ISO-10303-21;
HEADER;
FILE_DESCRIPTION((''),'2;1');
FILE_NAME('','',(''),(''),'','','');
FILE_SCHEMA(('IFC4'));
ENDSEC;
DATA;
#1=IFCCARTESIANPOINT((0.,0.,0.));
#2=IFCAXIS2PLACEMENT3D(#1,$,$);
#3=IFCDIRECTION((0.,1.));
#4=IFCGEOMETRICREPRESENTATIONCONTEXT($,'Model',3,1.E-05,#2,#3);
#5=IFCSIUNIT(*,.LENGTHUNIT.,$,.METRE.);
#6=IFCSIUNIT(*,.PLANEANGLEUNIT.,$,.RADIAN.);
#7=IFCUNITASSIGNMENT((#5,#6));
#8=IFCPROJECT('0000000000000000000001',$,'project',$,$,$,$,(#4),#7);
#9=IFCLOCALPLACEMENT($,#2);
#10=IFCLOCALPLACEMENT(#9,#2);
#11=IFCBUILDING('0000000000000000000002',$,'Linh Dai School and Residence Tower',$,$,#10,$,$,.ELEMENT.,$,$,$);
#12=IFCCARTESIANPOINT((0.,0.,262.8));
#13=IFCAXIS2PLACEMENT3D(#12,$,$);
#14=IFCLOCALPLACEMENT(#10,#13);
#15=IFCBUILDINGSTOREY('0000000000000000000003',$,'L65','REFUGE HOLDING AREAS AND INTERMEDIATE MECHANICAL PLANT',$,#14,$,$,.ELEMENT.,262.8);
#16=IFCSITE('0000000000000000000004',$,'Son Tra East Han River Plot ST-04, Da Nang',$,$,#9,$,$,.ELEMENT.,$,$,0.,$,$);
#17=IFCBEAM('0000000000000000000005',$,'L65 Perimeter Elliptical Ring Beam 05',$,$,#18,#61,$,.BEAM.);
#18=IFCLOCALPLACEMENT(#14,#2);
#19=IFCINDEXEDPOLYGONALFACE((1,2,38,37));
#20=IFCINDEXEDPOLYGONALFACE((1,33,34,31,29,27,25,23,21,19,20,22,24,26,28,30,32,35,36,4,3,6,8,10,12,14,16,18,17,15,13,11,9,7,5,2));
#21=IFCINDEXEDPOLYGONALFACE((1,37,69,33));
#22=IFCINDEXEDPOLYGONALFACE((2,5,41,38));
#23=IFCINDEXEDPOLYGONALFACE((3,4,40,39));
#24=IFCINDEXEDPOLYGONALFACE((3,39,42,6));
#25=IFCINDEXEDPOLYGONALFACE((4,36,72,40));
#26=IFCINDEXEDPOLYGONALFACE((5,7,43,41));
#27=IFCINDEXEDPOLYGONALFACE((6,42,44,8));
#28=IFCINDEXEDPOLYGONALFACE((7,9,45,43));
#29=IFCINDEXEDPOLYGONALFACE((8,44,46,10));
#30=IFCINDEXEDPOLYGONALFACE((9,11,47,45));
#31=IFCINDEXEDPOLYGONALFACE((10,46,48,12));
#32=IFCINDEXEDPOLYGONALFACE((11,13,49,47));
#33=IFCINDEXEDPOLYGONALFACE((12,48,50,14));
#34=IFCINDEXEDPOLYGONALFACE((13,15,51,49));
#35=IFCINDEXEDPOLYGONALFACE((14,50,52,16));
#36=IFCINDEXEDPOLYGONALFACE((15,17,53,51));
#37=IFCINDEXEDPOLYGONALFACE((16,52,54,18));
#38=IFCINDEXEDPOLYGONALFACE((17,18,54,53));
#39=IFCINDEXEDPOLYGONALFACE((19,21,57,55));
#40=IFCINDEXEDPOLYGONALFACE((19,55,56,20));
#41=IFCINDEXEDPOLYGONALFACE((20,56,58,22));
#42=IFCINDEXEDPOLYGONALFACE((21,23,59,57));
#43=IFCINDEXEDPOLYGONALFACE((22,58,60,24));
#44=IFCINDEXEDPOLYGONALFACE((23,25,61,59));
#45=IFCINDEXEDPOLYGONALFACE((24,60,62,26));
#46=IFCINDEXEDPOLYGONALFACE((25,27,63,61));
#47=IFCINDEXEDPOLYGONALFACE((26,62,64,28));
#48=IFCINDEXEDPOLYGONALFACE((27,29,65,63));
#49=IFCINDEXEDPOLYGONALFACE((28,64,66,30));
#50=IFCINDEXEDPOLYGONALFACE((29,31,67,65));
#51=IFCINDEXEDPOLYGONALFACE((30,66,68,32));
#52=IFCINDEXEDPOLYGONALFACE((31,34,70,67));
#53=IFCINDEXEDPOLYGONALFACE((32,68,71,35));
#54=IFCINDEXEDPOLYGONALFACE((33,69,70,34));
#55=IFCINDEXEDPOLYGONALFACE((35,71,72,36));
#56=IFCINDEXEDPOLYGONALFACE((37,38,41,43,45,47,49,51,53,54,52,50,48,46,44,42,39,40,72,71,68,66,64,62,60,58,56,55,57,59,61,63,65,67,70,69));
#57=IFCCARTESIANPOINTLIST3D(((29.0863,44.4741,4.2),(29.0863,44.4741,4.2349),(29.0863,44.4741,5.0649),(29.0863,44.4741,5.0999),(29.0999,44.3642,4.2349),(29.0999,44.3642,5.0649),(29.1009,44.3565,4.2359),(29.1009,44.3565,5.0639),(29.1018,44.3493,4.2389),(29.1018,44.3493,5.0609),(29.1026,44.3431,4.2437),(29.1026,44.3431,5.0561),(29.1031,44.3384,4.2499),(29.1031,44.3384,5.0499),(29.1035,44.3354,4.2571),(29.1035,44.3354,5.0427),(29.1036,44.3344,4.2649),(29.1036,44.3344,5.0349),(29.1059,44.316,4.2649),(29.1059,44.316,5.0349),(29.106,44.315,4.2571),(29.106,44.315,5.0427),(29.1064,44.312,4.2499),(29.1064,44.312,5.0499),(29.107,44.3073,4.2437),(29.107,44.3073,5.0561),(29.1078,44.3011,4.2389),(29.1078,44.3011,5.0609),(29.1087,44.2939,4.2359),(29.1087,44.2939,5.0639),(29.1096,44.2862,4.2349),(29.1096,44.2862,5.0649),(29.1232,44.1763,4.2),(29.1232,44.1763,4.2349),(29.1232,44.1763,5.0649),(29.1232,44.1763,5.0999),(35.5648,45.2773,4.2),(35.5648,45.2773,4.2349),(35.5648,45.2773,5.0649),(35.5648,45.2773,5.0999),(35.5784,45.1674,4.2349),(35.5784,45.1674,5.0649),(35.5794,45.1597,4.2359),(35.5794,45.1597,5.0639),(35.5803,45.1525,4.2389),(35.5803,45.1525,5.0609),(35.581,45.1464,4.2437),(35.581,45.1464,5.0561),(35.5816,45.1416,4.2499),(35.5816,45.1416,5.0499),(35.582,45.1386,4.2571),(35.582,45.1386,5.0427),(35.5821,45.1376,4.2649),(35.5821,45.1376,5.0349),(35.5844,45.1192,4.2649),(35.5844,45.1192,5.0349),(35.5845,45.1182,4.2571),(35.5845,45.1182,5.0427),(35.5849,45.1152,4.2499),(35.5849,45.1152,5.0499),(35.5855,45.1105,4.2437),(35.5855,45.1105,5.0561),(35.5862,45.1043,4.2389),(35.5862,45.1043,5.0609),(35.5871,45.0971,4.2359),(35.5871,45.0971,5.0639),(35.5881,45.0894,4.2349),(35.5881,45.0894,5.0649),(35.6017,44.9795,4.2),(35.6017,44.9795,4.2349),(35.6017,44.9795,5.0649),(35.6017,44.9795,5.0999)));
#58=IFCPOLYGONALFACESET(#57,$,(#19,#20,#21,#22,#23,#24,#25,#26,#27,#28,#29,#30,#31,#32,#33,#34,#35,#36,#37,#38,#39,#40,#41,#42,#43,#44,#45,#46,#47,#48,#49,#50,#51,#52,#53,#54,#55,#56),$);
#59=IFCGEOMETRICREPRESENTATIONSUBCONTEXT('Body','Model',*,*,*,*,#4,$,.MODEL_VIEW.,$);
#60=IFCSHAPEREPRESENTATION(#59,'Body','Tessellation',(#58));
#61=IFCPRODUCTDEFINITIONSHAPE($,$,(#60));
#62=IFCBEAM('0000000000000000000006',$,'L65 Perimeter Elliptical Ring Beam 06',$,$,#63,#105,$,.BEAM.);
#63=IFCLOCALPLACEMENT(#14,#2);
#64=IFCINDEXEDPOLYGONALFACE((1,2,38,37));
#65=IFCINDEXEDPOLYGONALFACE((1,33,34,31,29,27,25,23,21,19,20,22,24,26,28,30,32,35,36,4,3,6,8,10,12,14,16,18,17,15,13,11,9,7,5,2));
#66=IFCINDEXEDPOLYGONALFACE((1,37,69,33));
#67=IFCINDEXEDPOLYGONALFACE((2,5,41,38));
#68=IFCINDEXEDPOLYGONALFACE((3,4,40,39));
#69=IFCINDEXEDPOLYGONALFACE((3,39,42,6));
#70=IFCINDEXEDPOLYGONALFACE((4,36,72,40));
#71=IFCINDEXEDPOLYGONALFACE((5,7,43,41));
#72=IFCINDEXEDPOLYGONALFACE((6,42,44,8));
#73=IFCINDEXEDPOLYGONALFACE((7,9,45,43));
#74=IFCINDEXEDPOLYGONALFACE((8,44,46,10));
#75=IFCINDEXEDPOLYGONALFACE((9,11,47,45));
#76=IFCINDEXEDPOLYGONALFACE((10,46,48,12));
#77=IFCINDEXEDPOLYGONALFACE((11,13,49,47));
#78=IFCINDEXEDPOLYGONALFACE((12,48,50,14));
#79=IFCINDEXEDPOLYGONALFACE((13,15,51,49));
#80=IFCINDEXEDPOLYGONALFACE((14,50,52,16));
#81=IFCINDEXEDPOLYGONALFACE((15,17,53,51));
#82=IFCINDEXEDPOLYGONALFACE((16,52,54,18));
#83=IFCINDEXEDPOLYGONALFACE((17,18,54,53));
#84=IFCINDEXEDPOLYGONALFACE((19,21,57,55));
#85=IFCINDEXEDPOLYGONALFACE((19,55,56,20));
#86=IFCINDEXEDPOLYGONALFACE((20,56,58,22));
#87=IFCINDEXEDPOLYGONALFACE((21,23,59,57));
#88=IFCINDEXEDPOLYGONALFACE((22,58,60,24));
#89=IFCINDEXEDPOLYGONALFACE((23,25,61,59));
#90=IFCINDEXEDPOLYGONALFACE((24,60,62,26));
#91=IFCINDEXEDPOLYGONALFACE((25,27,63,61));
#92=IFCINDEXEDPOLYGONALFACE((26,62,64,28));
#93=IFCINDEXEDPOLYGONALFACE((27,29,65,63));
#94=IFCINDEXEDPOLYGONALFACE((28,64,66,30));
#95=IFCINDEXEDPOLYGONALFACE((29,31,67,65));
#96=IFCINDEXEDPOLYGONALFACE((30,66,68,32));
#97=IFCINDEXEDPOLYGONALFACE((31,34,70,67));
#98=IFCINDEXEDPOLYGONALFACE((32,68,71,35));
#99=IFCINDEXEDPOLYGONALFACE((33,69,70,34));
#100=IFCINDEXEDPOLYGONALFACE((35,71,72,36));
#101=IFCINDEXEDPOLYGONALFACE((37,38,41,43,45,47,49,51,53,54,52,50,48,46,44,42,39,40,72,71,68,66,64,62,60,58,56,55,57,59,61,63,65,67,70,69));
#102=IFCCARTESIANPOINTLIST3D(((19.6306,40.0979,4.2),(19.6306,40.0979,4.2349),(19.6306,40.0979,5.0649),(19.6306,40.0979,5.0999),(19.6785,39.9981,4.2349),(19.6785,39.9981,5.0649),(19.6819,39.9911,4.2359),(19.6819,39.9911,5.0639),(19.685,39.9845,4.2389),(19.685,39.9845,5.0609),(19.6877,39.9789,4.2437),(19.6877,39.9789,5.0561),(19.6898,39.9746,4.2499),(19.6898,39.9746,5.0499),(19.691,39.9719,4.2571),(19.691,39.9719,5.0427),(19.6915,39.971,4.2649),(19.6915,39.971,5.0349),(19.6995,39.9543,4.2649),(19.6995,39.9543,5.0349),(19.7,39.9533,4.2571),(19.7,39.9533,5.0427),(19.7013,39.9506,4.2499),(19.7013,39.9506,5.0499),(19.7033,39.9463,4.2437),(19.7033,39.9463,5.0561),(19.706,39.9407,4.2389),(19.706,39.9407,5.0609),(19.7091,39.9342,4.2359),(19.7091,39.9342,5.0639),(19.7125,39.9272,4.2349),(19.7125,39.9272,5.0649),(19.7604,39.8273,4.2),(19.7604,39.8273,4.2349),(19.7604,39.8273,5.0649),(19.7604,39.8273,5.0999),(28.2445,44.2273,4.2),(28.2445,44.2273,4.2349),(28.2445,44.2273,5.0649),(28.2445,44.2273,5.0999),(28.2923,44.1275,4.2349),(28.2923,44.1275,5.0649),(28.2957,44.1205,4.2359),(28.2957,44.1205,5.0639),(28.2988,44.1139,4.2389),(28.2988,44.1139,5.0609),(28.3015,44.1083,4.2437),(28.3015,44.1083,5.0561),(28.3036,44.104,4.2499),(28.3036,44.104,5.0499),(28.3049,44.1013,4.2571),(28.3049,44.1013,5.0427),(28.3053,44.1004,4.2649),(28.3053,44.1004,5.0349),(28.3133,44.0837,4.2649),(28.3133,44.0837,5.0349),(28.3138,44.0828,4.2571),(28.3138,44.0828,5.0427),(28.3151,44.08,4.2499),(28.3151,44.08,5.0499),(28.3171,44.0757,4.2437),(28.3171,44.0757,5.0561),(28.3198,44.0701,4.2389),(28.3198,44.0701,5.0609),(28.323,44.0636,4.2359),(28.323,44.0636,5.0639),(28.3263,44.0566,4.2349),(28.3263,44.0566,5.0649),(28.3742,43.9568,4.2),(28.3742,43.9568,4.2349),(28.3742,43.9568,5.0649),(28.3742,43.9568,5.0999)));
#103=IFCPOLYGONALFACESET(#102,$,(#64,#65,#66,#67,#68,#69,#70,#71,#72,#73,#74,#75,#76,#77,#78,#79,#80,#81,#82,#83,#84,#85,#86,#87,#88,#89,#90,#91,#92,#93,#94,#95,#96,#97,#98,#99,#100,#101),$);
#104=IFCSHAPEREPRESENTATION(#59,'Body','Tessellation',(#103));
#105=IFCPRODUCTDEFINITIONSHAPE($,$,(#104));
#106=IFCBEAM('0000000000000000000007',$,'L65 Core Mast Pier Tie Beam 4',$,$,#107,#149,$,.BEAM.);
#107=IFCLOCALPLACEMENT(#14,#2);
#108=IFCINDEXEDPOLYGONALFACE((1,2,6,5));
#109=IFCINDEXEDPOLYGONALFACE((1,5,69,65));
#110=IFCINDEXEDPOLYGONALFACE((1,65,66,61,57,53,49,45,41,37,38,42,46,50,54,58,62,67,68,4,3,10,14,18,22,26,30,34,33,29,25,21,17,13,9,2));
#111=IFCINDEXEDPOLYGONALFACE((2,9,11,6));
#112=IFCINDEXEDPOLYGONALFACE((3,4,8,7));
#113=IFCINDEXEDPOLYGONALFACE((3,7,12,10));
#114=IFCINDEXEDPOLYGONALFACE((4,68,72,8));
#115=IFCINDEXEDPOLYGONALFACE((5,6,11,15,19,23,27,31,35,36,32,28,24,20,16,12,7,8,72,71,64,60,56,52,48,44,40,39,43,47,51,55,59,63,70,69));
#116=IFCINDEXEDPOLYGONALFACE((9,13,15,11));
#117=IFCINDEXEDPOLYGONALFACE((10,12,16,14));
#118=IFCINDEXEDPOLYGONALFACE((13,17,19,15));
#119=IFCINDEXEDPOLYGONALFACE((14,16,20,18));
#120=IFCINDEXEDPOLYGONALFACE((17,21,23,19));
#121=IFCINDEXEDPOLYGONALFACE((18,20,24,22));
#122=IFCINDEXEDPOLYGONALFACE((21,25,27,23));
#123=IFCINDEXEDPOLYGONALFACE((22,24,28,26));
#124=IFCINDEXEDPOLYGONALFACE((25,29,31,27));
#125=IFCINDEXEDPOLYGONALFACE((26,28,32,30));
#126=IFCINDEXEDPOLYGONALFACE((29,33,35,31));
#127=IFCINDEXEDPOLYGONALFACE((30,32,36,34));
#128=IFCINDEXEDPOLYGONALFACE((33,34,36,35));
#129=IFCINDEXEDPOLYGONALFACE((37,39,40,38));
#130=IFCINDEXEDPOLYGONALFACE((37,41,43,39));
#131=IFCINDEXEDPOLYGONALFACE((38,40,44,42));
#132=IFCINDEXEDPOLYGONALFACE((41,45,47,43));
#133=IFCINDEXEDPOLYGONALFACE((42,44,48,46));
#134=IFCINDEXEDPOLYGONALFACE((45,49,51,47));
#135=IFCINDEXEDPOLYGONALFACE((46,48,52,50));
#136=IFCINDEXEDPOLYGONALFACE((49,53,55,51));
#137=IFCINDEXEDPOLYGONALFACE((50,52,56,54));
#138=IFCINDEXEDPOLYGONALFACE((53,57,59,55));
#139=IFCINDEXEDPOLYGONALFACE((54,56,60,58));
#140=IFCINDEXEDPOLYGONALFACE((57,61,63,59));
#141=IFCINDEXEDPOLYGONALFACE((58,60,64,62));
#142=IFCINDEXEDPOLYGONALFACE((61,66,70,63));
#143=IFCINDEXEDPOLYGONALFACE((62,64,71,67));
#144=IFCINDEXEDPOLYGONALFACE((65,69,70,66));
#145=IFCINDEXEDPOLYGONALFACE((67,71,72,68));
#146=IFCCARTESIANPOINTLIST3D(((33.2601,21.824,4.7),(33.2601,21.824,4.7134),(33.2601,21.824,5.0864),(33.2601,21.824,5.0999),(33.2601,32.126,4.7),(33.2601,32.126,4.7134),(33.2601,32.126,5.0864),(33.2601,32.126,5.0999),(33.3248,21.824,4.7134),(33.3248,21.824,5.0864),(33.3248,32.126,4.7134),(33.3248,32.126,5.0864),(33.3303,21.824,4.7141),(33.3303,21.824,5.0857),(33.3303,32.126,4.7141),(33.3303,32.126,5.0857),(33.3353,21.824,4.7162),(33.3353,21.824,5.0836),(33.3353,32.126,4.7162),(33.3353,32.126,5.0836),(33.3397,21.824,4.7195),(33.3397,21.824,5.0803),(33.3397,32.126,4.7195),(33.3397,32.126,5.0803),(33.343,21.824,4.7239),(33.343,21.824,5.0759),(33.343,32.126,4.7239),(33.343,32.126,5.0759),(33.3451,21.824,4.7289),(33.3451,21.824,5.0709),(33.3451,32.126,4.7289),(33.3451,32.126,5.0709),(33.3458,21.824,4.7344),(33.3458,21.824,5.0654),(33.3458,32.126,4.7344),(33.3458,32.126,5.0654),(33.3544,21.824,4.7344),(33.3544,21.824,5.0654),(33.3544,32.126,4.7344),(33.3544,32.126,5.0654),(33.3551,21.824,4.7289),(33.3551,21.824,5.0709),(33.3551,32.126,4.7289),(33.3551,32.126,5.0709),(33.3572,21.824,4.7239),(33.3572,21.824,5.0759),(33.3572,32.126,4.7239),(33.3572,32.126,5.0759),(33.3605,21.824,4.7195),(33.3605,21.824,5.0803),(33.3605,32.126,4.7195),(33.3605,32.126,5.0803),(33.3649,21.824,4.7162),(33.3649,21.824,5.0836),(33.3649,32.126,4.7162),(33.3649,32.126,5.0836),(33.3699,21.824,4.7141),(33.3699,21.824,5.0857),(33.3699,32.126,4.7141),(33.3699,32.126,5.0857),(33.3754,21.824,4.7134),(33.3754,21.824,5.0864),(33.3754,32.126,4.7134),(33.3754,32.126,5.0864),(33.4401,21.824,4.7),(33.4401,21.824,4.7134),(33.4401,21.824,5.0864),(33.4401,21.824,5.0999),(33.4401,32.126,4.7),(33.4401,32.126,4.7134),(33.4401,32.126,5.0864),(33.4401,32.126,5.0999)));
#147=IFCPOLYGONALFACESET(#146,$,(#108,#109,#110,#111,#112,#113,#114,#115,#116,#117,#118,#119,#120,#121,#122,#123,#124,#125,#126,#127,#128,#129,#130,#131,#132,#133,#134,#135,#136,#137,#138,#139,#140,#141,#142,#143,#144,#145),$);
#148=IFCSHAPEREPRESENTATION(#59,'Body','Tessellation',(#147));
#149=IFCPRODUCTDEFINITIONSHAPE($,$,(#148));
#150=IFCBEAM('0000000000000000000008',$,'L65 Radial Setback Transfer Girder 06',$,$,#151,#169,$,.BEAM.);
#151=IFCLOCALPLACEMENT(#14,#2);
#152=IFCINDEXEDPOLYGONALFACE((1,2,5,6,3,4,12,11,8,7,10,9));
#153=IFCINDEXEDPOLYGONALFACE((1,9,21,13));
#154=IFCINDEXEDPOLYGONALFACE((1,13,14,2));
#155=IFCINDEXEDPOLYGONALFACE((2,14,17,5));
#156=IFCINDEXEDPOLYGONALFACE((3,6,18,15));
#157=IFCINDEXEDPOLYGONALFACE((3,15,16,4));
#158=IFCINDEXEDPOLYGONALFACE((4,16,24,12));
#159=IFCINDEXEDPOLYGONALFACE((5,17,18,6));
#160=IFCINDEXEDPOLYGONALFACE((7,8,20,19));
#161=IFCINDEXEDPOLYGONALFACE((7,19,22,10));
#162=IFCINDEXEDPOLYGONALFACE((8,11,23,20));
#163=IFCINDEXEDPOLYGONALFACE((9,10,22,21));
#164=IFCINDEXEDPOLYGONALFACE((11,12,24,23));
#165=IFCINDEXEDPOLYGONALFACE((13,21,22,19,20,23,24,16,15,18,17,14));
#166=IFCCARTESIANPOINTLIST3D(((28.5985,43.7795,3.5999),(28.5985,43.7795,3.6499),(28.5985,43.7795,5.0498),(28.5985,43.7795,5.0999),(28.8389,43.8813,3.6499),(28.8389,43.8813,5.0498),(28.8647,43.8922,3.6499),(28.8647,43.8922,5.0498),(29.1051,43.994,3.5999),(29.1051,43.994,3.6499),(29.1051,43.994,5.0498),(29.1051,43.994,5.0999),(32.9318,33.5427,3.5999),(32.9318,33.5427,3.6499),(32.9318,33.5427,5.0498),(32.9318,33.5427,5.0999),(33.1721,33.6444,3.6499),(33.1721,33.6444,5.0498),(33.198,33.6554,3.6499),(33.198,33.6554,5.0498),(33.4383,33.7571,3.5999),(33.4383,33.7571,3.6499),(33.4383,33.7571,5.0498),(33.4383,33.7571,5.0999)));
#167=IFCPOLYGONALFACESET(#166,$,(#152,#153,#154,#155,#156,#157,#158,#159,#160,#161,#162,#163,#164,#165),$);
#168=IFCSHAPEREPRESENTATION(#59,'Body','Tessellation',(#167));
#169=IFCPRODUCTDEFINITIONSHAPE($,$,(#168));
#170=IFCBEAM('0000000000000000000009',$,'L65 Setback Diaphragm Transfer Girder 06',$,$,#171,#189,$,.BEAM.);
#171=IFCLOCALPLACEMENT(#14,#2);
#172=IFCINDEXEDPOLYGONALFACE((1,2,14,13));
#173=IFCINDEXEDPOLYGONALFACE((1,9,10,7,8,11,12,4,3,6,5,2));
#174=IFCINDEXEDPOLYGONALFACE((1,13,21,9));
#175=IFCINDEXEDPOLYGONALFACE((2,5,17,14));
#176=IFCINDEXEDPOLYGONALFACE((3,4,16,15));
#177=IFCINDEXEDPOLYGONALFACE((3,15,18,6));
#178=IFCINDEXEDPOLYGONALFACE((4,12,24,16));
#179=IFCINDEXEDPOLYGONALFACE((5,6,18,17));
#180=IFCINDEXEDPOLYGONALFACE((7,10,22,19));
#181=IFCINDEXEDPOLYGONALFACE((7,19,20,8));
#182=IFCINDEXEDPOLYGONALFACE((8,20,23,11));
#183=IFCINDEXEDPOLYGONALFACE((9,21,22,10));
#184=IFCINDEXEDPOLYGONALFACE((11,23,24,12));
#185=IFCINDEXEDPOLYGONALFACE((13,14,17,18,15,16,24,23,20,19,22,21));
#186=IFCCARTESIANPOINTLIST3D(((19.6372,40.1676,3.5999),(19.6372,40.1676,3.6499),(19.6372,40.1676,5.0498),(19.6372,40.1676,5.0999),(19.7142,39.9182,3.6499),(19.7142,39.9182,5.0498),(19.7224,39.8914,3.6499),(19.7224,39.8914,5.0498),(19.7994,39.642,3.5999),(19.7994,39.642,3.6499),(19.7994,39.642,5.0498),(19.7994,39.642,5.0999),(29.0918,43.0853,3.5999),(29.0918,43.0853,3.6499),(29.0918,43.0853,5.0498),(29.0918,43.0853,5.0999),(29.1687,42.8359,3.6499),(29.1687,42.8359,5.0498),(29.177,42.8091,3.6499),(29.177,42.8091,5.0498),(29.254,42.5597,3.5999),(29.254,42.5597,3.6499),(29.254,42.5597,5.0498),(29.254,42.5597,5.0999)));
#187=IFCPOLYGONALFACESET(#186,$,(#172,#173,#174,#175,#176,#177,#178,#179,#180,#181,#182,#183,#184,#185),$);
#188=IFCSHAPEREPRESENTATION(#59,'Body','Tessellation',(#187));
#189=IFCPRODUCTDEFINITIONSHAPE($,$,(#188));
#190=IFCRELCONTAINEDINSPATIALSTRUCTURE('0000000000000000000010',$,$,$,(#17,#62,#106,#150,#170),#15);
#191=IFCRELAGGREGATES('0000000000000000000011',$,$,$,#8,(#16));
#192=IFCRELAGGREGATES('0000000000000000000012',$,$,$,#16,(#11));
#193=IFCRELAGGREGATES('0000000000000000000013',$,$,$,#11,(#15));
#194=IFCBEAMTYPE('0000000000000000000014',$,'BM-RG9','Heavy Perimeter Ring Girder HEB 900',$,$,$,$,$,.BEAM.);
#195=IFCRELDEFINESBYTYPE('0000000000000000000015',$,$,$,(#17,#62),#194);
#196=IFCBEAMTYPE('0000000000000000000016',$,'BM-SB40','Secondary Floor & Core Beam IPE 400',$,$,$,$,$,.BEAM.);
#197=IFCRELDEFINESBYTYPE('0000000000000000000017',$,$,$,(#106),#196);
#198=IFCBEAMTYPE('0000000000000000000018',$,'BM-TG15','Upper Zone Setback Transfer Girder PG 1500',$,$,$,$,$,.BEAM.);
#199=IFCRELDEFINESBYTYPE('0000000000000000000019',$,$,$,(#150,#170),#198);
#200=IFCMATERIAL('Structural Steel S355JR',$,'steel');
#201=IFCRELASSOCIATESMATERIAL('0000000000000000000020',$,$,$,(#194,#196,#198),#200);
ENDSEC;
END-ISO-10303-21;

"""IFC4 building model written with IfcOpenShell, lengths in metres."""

from ifc_helpers import new_model, si_unit, direction, frame, origin, origin_2d, place, context, subcontext, project, spatial, i_section, extrude, material, material_profile, profile_set, type_object, element, save


model = new_model("IFC4")

# Units and contexts
model_context = context("Model", 3, precision=1e-05, world=origin(), true_north=direction((0.0, 1.0)))
body_context = subcontext(model_context, "Body", "Model", "MODEL_VIEW")
ifc_project = project(units=[si_unit("LENGTHUNIT", "METRE"), si_unit("PLANEANGLEUNIT", "RADIAN")], contexts=[model_context])

# Site, building, storey
site_placement = place(None, origin())
site = spatial("IfcSite", under=ifc_project, at=site_placement, Name="Son Tra East Han River Plot ST-04, Da Nang", CompositionType="ELEMENT", RefElevation=0.0)
building_placement = place(site_placement, origin())
building = spatial("IfcBuilding", under=site, at=building_placement, Name="Linh Dai School and Residence Tower", CompositionType="ELEMENT")
storey_placement = place(building_placement, frame((0.0, 0.0, 262.8)))
storey = spatial("IfcBuildingStorey", under=building, at=storey_placement, Name="L65", Description="REFUGE HOLDING AREAS AND INTERMEDIATE MECHANICAL PLANT", CompositionType="ELEMENT", Elevation=262.8)

# Shared definitions
ifc_material_1 = material(Name="Structural Steel S355JR", Category="steel")

# Beams
ifc_material_profile_1 = material_profile(ifc_material_1, i_section(OverallWidth=0.3, OverallDepth=0.8999, WebThickness=0.0186, FlangeThickness=0.0349, FilletRadius=0.03, at=origin_2d()), Name="HEB 900")
ifc_profile_set_1 = profile_set([ifc_material_profile_1], Name="Structural Steel S355JR")
beam_type_1 = type_object("IfcBeamType", Name="BM-RG9", Description="Heavy Perimeter Ring Girder HEB 900", PredefinedType="BEAM", material=ifc_profile_set_1)
beam_1_placement = place(storey_placement, frame((35.5833, 45.1284, 4.6499), z_axis=(-0.992402, -0.12304, 0.0), x_axis=(0.12304, -0.992402, 0.0)))
element("IfcBeam", 1, at=beam_1_placement, inside=storey, type_object=beam_type_1, Name="L65 Perimeter Elliptical Ring Beam 05", PredefinedType="BEAM", context=body_context, shape_type="SweptSolid", body=[
    extrude(i_section(OverallWidth=0.3, OverallDepth=0.8999, WebThickness=0.0186, FlangeThickness=0.0349, FilletRadius=0.03, at=origin_2d()), origin(), (0.0, 0.0, 1.0), 6.5281),
])
beam_2_placement = place(storey_placement, frame((28.3093, 44.092, 4.6499), z_axis=(-0.901736, -0.432287, 0.0), x_axis=(0.432287, -0.901736, 0.0)))
element("IfcBeam", 2, at=beam_2_placement, inside=storey, type_object=beam_type_1, Name="L65 Perimeter Elliptical Ring Beam 06", PredefinedType="BEAM", context=body_context, shape_type="SweptSolid", body=[
    extrude(i_section(OverallWidth=0.3, OverallDepth=0.8999, WebThickness=0.0186, FlangeThickness=0.0349, FilletRadius=0.03, at=origin_2d()), origin(), (0.0, 0.0, 1.0), 9.5525),
])
ifc_material_profile_2 = material_profile(ifc_material_1, i_section(OverallWidth=0.1799, OverallDepth=0.3999, WebThickness=0.0085, FlangeThickness=0.0134, FilletRadius=0.021, at=origin_2d()), Name="IPE 400")
ifc_profile_set_2 = profile_set([ifc_material_profile_2], Name="Structural Steel S355JR")
beam_type_2 = type_object("IfcBeamType", Name="BM-SB40", Description="Secondary Floor & Core Beam IPE 400", PredefinedType="BEAM", material=ifc_profile_set_2)
beam_3_placement = place(storey_placement, frame((33.3501, 32.126, 4.8999), z_axis=(0.0, -1.0, 0.0), x_axis=(1.0, 0.0, 0.0)))
element("IfcBeam", 3, at=beam_3_placement, inside=storey, type_object=beam_type_2, Name="L65 Core Mast Pier Tie Beam 4", PredefinedType="BEAM", context=body_context, shape_type="SweptSolid", body=[
    extrude(i_section(OverallWidth=0.1799, OverallDepth=0.3999, WebThickness=0.0085, FlangeThickness=0.0134, FilletRadius=0.021, at=origin_2d()), origin(), (0.0, 0.0, 1.0), 10.302),
])
ifc_material_profile_3 = material_profile(ifc_material_1, i_section(OverallWidth=0.55, OverallDepth=1.5, WebThickness=0.0281, FlangeThickness=0.05, at=origin_2d()), Name="PG 1500x550x28x50")
ifc_profile_set_3 = profile_set([ifc_material_profile_3], Name="Structural Steel S355JR")
beam_type_3 = type_object("IfcBeamType", Name="BM-TG15", Description="Upper Zone Setback Transfer Girder PG 1500", PredefinedType="BEAM", material=ifc_profile_set_3)
beam_4_placement = place(storey_placement, frame((33.1851, 33.6499, 4.3499), z_axis=(-0.389815, 0.920893, 0.0), x_axis=(-0.920893, -0.389815, 0.0)))
element("IfcBeam", 4, at=beam_4_placement, inside=storey, type_object=beam_type_3, Name="L65 Radial Setback Transfer Girder 06", PredefinedType="BEAM", context=body_context, shape_type="SweptSolid", body=[
    extrude(i_section(OverallWidth=0.55, OverallDepth=1.5, WebThickness=0.0281, FlangeThickness=0.05, at=origin_2d()), origin(), (0.0, 0.0, 1.0), 11.1162),
])
beam_5_placement = place(storey_placement, frame((29.1729, 42.8225, 4.3499), z_axis=(-0.955534, -0.294882, 0.0), x_axis=(0.294882, -0.955534, 0.0)))
element("IfcBeam", 5, at=beam_5_placement, inside=storey, type_object=beam_type_3, Name="L65 Setback Diaphragm Transfer Girder 06", PredefinedType="BEAM", context=body_context, shape_type="SweptSolid", body=[
    extrude(i_section(OverallWidth=0.55, OverallDepth=1.5, WebThickness=0.0281, FlangeThickness=0.05, at=origin_2d()), origin(), (0.0, 0.0, 1.0), 9.8945),
])

save(model, "model.ifc")
